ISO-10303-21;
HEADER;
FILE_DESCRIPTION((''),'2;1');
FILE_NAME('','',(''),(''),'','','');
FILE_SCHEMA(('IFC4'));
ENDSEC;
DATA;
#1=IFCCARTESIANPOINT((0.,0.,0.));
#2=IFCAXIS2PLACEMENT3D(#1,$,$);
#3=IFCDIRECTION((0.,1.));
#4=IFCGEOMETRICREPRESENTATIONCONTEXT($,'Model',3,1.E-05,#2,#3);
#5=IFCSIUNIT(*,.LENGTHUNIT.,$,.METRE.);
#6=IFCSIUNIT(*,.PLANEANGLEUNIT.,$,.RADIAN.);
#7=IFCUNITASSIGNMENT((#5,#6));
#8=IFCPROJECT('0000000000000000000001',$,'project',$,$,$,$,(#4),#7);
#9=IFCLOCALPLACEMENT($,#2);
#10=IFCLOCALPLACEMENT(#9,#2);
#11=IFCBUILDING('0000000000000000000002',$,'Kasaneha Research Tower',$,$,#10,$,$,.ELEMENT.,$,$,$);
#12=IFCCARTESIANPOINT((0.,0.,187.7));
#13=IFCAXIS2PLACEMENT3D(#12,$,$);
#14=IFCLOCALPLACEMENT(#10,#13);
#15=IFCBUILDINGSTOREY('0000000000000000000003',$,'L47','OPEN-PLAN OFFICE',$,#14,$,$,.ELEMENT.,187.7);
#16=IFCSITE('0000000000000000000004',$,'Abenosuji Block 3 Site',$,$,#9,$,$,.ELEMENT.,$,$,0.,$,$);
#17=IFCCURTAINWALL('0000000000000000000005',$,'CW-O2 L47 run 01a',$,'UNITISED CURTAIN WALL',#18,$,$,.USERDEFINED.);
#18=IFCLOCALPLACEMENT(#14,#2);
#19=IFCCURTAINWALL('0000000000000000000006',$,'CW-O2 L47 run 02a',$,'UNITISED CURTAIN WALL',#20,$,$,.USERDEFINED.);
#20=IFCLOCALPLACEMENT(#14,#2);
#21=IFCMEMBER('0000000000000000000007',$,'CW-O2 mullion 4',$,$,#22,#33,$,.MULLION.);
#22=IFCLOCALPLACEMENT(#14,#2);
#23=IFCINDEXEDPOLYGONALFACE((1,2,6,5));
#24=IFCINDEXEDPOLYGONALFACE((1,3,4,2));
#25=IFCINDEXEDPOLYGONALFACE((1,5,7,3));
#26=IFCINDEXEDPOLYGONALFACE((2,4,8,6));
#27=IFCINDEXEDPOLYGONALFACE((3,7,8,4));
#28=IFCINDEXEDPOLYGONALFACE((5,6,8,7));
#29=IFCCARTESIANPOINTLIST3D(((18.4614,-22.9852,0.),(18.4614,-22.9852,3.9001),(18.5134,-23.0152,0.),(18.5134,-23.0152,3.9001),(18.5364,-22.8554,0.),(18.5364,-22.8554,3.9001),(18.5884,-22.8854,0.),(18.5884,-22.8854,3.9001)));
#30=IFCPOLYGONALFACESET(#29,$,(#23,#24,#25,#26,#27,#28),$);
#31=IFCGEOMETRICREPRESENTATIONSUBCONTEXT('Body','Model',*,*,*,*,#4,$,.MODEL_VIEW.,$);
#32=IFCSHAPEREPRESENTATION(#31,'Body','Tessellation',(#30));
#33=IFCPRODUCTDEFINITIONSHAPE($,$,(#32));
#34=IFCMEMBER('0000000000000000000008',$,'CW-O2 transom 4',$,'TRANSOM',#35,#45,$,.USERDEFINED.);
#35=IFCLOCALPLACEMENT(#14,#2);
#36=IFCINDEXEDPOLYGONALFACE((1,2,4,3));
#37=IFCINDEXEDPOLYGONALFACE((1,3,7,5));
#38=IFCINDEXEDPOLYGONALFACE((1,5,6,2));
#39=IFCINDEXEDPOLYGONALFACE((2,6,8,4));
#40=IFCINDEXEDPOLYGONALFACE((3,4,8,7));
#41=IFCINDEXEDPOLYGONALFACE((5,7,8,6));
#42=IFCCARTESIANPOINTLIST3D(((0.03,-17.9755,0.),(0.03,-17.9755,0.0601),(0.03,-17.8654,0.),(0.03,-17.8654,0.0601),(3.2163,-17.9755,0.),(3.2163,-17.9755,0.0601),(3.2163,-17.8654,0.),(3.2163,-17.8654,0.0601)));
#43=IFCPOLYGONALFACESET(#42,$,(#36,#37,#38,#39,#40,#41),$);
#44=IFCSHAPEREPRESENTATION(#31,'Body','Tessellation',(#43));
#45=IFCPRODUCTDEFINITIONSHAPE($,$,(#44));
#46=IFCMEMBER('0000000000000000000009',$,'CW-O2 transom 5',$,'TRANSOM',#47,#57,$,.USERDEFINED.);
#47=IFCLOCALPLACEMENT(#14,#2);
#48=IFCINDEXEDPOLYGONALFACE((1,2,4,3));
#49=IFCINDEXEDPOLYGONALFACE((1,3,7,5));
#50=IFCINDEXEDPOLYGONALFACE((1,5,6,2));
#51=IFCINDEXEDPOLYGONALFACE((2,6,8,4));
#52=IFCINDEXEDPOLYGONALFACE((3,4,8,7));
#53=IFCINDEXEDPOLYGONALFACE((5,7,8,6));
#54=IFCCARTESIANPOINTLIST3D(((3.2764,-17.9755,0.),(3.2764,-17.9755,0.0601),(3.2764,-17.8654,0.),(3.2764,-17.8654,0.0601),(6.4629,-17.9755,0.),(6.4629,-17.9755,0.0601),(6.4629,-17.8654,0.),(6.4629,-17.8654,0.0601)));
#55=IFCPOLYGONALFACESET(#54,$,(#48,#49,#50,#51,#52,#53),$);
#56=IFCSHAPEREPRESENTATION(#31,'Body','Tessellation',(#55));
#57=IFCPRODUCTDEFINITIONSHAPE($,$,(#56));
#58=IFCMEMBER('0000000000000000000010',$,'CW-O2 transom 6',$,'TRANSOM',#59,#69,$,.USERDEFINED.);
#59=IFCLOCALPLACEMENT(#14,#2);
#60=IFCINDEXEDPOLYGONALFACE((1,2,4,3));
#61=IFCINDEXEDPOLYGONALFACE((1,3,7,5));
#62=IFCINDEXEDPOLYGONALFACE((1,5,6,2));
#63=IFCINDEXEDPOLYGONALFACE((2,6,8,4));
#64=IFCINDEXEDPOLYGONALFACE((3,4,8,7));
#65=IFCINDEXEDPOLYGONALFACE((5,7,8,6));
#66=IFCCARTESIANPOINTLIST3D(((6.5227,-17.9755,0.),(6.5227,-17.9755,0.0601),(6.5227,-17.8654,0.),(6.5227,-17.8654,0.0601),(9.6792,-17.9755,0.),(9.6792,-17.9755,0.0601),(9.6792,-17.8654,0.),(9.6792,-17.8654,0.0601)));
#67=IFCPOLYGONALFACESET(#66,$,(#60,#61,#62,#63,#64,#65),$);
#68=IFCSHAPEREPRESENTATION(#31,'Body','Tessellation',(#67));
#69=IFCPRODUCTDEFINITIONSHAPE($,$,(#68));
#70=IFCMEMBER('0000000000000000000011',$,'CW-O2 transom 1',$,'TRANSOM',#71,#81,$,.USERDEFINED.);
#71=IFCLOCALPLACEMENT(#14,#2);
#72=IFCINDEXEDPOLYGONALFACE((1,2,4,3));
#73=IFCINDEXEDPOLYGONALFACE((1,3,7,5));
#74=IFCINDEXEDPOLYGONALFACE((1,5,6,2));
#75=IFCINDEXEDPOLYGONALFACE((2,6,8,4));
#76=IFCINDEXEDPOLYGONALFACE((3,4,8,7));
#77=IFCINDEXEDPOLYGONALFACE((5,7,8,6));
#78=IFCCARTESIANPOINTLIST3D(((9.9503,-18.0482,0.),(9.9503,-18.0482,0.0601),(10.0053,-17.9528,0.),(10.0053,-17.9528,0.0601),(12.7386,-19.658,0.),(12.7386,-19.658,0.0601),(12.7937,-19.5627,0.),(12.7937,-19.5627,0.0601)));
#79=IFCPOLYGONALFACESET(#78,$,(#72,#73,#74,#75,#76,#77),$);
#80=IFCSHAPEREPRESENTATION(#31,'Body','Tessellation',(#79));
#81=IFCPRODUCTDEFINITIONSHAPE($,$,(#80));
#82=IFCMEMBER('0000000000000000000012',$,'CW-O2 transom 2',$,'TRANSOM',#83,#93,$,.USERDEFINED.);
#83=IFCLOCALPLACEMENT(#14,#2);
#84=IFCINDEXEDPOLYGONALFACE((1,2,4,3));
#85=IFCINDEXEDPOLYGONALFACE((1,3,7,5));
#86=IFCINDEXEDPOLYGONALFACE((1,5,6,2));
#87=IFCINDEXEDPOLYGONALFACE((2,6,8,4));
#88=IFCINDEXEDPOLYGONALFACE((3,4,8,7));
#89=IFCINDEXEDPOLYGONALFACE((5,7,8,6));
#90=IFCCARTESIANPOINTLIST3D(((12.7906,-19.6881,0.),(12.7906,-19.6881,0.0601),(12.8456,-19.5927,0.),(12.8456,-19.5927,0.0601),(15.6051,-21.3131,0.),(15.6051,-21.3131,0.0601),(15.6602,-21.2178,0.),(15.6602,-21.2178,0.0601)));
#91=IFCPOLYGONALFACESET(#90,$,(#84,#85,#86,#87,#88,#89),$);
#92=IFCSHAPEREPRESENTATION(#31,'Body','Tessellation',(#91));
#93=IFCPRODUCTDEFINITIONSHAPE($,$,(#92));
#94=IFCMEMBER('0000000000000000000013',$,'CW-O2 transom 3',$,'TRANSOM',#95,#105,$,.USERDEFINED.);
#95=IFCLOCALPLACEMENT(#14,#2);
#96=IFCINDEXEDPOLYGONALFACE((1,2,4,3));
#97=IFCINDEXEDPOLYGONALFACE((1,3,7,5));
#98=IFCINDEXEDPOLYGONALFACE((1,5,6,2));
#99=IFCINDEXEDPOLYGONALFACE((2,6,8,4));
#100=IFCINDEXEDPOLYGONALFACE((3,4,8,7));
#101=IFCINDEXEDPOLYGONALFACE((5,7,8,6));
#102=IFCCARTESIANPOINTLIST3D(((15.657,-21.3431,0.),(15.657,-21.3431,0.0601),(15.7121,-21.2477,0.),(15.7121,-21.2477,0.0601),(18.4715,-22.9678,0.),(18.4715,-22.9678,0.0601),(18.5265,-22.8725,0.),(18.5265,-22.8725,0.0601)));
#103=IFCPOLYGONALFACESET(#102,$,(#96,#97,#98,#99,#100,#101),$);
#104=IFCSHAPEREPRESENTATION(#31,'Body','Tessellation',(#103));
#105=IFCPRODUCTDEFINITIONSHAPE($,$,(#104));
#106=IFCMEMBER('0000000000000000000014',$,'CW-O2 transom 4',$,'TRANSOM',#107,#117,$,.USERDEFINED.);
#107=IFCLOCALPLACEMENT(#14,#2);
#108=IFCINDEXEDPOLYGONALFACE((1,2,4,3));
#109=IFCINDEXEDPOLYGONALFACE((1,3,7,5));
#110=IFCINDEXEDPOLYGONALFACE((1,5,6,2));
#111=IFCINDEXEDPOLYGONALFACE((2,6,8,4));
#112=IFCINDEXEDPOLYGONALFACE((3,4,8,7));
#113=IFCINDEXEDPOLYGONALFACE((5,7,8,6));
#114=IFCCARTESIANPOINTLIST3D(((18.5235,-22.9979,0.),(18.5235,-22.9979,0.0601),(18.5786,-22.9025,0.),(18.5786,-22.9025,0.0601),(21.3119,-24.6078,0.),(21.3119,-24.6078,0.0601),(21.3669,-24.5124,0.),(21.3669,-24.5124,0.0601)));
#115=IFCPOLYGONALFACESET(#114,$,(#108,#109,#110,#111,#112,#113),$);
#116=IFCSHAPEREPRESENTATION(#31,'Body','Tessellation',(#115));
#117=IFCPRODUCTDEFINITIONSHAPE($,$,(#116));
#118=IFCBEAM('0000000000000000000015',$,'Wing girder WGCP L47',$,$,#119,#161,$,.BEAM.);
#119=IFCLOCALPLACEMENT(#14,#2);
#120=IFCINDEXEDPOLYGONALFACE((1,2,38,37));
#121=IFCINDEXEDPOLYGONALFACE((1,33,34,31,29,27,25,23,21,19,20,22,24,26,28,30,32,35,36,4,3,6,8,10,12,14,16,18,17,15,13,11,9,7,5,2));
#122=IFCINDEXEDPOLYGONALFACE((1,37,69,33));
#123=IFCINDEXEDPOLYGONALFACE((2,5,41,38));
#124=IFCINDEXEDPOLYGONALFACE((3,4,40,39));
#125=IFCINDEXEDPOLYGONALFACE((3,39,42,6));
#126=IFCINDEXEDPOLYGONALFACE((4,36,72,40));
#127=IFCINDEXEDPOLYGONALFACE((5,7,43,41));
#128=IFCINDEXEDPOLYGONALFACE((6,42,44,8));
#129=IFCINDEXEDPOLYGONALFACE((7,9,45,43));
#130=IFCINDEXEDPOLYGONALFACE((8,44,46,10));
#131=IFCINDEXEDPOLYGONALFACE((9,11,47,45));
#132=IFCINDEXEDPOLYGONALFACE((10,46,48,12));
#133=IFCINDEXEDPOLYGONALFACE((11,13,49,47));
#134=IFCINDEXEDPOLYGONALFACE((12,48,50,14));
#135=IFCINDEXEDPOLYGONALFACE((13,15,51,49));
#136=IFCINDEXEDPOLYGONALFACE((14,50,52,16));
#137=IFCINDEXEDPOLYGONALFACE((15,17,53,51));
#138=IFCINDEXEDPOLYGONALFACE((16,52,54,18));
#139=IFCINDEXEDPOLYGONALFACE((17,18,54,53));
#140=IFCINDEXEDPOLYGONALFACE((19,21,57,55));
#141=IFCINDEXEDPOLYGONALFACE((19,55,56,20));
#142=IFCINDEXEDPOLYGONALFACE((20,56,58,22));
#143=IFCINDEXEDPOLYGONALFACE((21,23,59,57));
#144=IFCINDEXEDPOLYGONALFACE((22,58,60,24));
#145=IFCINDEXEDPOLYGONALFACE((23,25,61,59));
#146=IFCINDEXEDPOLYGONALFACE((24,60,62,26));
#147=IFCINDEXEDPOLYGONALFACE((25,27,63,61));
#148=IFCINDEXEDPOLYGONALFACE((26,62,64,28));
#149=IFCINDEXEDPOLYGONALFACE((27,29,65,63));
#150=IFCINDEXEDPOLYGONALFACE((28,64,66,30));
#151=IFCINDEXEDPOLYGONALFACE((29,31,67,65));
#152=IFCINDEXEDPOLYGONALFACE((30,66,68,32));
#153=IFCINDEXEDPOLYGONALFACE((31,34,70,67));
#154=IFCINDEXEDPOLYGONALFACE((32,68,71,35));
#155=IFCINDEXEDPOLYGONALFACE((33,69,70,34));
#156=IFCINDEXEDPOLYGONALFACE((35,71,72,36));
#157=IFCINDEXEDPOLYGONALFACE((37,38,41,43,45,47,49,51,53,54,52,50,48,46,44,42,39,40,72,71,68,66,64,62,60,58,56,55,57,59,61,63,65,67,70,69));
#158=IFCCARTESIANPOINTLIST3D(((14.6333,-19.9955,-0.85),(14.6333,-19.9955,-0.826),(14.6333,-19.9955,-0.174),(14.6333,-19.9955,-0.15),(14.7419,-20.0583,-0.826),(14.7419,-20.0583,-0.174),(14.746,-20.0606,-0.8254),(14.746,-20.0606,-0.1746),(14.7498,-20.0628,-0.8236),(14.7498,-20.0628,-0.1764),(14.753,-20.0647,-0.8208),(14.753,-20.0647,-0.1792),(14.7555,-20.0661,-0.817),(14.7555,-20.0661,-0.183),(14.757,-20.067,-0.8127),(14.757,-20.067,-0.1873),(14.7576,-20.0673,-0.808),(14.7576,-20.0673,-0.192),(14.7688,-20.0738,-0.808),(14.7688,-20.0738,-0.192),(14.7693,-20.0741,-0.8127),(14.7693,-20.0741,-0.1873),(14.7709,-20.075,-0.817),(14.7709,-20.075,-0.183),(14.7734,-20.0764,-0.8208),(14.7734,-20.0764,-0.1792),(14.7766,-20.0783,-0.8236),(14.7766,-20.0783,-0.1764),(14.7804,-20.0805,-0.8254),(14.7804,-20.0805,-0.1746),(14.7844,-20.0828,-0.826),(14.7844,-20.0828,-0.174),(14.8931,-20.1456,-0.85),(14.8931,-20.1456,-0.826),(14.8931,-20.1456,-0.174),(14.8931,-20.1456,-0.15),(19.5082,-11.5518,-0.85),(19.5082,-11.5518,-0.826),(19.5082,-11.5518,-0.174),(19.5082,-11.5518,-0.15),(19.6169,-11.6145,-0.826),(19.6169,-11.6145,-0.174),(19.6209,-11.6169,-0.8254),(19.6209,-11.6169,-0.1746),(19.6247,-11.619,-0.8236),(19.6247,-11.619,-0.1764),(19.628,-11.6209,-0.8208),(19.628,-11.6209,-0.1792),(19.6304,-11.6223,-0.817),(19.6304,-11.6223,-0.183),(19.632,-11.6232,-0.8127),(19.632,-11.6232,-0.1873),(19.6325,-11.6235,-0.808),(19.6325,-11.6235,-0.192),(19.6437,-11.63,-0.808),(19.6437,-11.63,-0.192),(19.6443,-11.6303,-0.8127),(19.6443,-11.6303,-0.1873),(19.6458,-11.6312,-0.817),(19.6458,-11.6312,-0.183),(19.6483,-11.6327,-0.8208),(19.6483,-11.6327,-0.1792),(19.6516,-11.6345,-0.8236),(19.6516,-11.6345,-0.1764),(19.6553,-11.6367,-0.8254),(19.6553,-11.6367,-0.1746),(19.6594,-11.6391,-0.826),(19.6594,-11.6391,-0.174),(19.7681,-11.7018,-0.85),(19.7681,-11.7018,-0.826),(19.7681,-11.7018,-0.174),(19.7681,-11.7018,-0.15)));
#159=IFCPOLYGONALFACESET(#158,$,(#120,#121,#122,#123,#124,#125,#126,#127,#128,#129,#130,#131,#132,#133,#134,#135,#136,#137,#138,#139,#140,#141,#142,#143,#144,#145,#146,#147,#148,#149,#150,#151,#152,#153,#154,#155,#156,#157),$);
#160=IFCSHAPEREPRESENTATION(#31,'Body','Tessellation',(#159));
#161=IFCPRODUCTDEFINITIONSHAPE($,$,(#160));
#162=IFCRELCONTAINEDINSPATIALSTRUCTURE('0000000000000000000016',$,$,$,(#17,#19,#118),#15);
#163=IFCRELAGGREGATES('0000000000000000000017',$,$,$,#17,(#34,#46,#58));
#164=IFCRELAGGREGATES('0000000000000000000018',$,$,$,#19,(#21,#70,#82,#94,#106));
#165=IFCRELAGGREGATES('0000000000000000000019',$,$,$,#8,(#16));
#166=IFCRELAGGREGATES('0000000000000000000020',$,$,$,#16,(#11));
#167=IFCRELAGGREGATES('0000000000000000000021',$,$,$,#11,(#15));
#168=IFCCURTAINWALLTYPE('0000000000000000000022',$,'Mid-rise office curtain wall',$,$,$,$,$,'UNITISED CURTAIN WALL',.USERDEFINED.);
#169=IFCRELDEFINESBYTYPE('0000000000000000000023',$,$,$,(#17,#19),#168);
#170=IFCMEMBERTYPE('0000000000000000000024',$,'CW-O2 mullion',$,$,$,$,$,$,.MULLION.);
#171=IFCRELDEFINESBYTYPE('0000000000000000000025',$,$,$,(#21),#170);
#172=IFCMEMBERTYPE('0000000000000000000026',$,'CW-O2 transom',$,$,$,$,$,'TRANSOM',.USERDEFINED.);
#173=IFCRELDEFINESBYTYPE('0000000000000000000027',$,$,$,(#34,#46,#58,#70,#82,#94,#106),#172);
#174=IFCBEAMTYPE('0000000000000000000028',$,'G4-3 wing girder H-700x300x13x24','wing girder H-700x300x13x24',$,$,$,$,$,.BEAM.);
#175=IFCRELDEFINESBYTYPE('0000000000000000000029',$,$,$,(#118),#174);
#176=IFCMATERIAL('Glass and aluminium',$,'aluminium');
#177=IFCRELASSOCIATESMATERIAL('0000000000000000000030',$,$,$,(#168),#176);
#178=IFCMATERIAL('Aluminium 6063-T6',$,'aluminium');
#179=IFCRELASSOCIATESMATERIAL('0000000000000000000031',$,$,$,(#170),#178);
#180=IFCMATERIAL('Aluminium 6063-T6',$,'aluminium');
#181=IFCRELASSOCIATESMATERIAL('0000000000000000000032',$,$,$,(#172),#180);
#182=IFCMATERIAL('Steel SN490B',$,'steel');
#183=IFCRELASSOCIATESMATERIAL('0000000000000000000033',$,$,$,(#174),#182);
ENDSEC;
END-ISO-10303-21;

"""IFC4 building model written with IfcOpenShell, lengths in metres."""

from ifc_helpers import new_model, si_unit, direction, frame, origin, origin_2d, place, context, subcontext, project, spatial, rectangle, i_section, extrude, material, material_profile, profile_set, type_object, element, aggregate, save


model = new_model("IFC4")

# Units and contexts
model_context = context("Model", 3, precision=1e-05, world=origin(), true_north=direction((0.0, 1.0)))
body_context = subcontext(model_context, "Body", "Model", "MODEL_VIEW")
ifc_project = project(units=[si_unit("LENGTHUNIT", "METRE"), si_unit("PLANEANGLEUNIT", "RADIAN")], contexts=[model_context])

# Site, building, storey
site_placement = place(None, origin())
site = spatial("IfcSite", under=ifc_project, at=site_placement, Name="Abenosuji Block 3 Site", CompositionType="ELEMENT", RefElevation=0.0)
building_placement = place(site_placement, origin())
building = spatial("IfcBuilding", under=site, at=building_placement, Name="Kasaneha Research Tower", CompositionType="ELEMENT")
storey_placement = place(building_placement, frame((0.0, 0.0, 187.7)))
storey = spatial("IfcBuildingStorey", under=building, at=storey_placement, Name="L47", Description="OPEN-PLAN OFFICE", CompositionType="ELEMENT", Elevation=187.7)

# Curtain walls, member
ifc_material_1 = material(Name="Glass and aluminium", Category="aluminium")
curtain_wall_type = type_object("IfcCurtainWallType", Name="Mid-rise office curtain wall", ElementType="UNITISED CURTAIN WALL", PredefinedType="USERDEFINED", material=ifc_material_1)
curtain_wall_1_placement = place(storey_placement, origin())
curtain_wall_1 = element("IfcCurtainWall", 1, at=curtain_wall_1_placement, inside=storey, type_object=curtain_wall_type, Name="CW-O2 L47 run 01a", ObjectType="UNITISED CURTAIN WALL", PredefinedType="USERDEFINED")
ifc_material_2 = material(Name="Aluminium 6063-T6", Category="aluminium")
ifc_material_profile_1 = material_profile(ifc_material_2, rectangle(XDim=0.0601, YDim=0.1499, at=origin_2d()), Name="CW-O2 mullion 60x150")
ifc_profile_set_1 = profile_set([ifc_material_profile_1], Name="Aluminium 6063-T6")
member_type_1 = type_object("IfcMemberType", Name="CW-O2 mullion", PredefinedType="MULLION", material=ifc_profile_set_1)
curtain_wall_2_placement = place(storey_placement, origin())
curtain_wall_2 = element("IfcCurtainWall", 2, at=curtain_wall_2_placement, inside=storey, type_object=curtain_wall_type, Name="CW-O2 L47 run 02a", ObjectType="UNITISED CURTAIN WALL", PredefinedType="USERDEFINED")
member_1_placement = place(storey_placement, frame((18.5249, -22.9353, 0.0), z_axis=(0.0, 0.0, 1.0), x_axis=(0.866025, -0.5, 0.0)))
member_1 = element("IfcMember", 3, at=member_1_placement, type_object=member_type_1, Name="CW-O2 mullion 4", PredefinedType="MULLION", context=body_context, shape_type="SweptSolid", body=[
    extrude(rectangle(XDim=0.0601, YDim=0.1499, at=origin_2d()), origin(), (0.0, 0.0, 1.0), 3.9001),
])

# Members
ifc_material_3 = material(Name="Aluminium 6063-T6", Category="aluminium")
ifc_material_profile_2 = material_profile(ifc_material_3, rectangle(XDim=0.1101, YDim=0.0601, at=origin_2d()), Name="CW-O2 transom 110x60")
ifc_profile_set_2 = profile_set([ifc_material_profile_2], Name="Aluminium 6063-T6")
member_type_2 = type_object("IfcMemberType", Name="CW-O2 transom", ElementType="TRANSOM", PredefinedType="USERDEFINED", material=ifc_profile_set_2)
member_2_placement = place(storey_placement, frame((0.03, -17.9204, 0.03), z_axis=(1.0, 0.0, 0.0), x_axis=(0.0, 1.0, 0.0)))
member_2 = element("IfcMember", 4, at=member_2_placement, type_object=member_type_2, Name="CW-O2 transom 4", ObjectType="TRANSOM", PredefinedType="USERDEFINED", context=body_context, shape_type="SweptSolid", body=[
    extrude(rectangle(XDim=0.1101, YDim=0.0601, at=origin_2d()), origin(), (0.0, 0.0, 1.0), 3.1863),
])
member_3_placement = place(storey_placement, frame((3.2764, -17.9204, 0.03), z_axis=(1.0, 0.0, 0.0), x_axis=(0.0, 1.0, 0.0)))
member_3 = element("IfcMember", 5, at=member_3_placement, type_object=member_type_2, Name="CW-O2 transom 5", ObjectType="TRANSOM", PredefinedType="USERDEFINED", context=body_context, shape_type="SweptSolid", body=[
    extrude(rectangle(XDim=0.1101, YDim=0.0601, at=origin_2d()), origin(), (0.0, 0.0, 1.0), 3.1865),
])
member_4_placement = place(storey_placement, frame((6.5227, -17.9204, 0.03), z_axis=(1.0, 0.0, 0.0), x_axis=(0.0, 1.0, 0.0)))
member_4 = element("IfcMember", 6, at=member_4_placement, type_object=member_type_2, Name="CW-O2 transom 6", ObjectType="TRANSOM", PredefinedType="USERDEFINED", context=body_context, shape_type="SweptSolid", body=[
    extrude(rectangle(XDim=0.1101, YDim=0.0601, at=origin_2d()), origin(), (0.0, 0.0, 1.0), 3.1565),
])
member_5_placement = place(storey_placement, frame((9.9778, -18.0005, 0.03), z_axis=(0.866023, -0.500005, 0.0), x_axis=(0.500005, 0.866023, 0.0)))
member_5 = element("IfcMember", 7, at=member_5_placement, type_object=member_type_2, Name="CW-O2 transom 1", ObjectType="TRANSOM", PredefinedType="USERDEFINED", context=body_context, shape_type="SweptSolid", body=[
    extrude(rectangle(XDim=0.1101, YDim=0.0601, at=origin_2d()), origin(), (0.0, 0.0, 1.0), 3.2197),
])
member_6_placement = place(storey_placement, frame((12.8181, -19.6404, 0.03), z_axis=(0.866015, -0.500017, 0.0), x_axis=(0.500017, 0.866015, 0.0)))
member_6 = element("IfcMember", 8, at=member_6_placement, type_object=member_type_2, Name="CW-O2 transom 2", ObjectType="TRANSOM", PredefinedType="USERDEFINED", context=body_context, shape_type="SweptSolid", body=[
    extrude(rectangle(XDim=0.1101, YDim=0.0601, at=origin_2d()), origin(), (0.0, 0.0, 1.0), 3.25),
])
member_7_placement = place(storey_placement, frame((15.6846, -21.2954, 0.03), z_axis=(0.866048, -0.499961, 0.0), x_axis=(0.499961, 0.866048, 0.0)))
member_7 = element("IfcMember", 9, at=member_7_placement, type_object=member_type_2, Name="CW-O2 transom 3", ObjectType="TRANSOM", PredefinedType="USERDEFINED", context=body_context, shape_type="SweptSolid", body=[
    extrude(rectangle(XDim=0.1101, YDim=0.0601, at=origin_2d()), origin(), (0.0, 0.0, 1.0), 3.2498),
])
member_8_placement = place(storey_placement, frame((18.551, -22.9502, 0.03), z_axis=(0.866023, -0.500005, 0.0), x_axis=(0.500005, 0.866023, 0.0)))
member_8 = element("IfcMember", 10, at=member_8_placement, type_object=member_type_2, Name="CW-O2 transom 4", ObjectType="TRANSOM", PredefinedType="USERDEFINED", context=body_context, shape_type="SweptSolid", body=[
    extrude(rectangle(XDim=0.1101, YDim=0.0601, at=origin_2d()), origin(), (0.0, 0.0, 1.0), 3.2197),
])

# Beam
ifc_material_4 = material(Name="Steel SN490B", Category="steel")
ifc_material_profile_3 = material_profile(ifc_material_4, i_section(OverallWidth=0.3, OverallDepth=0.7, WebThickness=0.0129, FlangeThickness=0.0239, FilletRadius=0.0181, at=origin_2d()), Name="H-700x300x13x24")
ifc_profile_set_3 = profile_set([ifc_material_profile_3], Name="Steel SN490B")
beam_type_1 = type_object("IfcBeamType", Name="G4-3 wing girder H-700x300x13x24", Description="wing girder H-700x300x13x24", PredefinedType="BEAM", material=ifc_profile_set_3)
beam_1_placement = place(storey_placement, frame((14.7632, -20.0706, -0.5), z_axis=(0.499996, 0.866028, 0.0), x_axis=(-0.866028, 0.499996, 0.0)))
element("IfcBeam", 11, at=beam_1_placement, inside=storey, type_object=beam_type_1, Name="Wing girder WGCP L47", PredefinedType="BEAM", context=body_context, shape_type="SweptSolid", body=[
    extrude(i_section(OverallWidth=0.3, OverallDepth=0.7, WebThickness=0.0129, FlangeThickness=0.0239, FilletRadius=0.0181, at=origin_2d()), origin(), (0.0, 0.0, 1.0), 9.75),
])

aggregate(curtain_wall_1, [member_2, member_3, member_4])
aggregate(curtain_wall_2, [member_1, member_5, member_6, member_7, member_8])

save(model, "model.ifc")
